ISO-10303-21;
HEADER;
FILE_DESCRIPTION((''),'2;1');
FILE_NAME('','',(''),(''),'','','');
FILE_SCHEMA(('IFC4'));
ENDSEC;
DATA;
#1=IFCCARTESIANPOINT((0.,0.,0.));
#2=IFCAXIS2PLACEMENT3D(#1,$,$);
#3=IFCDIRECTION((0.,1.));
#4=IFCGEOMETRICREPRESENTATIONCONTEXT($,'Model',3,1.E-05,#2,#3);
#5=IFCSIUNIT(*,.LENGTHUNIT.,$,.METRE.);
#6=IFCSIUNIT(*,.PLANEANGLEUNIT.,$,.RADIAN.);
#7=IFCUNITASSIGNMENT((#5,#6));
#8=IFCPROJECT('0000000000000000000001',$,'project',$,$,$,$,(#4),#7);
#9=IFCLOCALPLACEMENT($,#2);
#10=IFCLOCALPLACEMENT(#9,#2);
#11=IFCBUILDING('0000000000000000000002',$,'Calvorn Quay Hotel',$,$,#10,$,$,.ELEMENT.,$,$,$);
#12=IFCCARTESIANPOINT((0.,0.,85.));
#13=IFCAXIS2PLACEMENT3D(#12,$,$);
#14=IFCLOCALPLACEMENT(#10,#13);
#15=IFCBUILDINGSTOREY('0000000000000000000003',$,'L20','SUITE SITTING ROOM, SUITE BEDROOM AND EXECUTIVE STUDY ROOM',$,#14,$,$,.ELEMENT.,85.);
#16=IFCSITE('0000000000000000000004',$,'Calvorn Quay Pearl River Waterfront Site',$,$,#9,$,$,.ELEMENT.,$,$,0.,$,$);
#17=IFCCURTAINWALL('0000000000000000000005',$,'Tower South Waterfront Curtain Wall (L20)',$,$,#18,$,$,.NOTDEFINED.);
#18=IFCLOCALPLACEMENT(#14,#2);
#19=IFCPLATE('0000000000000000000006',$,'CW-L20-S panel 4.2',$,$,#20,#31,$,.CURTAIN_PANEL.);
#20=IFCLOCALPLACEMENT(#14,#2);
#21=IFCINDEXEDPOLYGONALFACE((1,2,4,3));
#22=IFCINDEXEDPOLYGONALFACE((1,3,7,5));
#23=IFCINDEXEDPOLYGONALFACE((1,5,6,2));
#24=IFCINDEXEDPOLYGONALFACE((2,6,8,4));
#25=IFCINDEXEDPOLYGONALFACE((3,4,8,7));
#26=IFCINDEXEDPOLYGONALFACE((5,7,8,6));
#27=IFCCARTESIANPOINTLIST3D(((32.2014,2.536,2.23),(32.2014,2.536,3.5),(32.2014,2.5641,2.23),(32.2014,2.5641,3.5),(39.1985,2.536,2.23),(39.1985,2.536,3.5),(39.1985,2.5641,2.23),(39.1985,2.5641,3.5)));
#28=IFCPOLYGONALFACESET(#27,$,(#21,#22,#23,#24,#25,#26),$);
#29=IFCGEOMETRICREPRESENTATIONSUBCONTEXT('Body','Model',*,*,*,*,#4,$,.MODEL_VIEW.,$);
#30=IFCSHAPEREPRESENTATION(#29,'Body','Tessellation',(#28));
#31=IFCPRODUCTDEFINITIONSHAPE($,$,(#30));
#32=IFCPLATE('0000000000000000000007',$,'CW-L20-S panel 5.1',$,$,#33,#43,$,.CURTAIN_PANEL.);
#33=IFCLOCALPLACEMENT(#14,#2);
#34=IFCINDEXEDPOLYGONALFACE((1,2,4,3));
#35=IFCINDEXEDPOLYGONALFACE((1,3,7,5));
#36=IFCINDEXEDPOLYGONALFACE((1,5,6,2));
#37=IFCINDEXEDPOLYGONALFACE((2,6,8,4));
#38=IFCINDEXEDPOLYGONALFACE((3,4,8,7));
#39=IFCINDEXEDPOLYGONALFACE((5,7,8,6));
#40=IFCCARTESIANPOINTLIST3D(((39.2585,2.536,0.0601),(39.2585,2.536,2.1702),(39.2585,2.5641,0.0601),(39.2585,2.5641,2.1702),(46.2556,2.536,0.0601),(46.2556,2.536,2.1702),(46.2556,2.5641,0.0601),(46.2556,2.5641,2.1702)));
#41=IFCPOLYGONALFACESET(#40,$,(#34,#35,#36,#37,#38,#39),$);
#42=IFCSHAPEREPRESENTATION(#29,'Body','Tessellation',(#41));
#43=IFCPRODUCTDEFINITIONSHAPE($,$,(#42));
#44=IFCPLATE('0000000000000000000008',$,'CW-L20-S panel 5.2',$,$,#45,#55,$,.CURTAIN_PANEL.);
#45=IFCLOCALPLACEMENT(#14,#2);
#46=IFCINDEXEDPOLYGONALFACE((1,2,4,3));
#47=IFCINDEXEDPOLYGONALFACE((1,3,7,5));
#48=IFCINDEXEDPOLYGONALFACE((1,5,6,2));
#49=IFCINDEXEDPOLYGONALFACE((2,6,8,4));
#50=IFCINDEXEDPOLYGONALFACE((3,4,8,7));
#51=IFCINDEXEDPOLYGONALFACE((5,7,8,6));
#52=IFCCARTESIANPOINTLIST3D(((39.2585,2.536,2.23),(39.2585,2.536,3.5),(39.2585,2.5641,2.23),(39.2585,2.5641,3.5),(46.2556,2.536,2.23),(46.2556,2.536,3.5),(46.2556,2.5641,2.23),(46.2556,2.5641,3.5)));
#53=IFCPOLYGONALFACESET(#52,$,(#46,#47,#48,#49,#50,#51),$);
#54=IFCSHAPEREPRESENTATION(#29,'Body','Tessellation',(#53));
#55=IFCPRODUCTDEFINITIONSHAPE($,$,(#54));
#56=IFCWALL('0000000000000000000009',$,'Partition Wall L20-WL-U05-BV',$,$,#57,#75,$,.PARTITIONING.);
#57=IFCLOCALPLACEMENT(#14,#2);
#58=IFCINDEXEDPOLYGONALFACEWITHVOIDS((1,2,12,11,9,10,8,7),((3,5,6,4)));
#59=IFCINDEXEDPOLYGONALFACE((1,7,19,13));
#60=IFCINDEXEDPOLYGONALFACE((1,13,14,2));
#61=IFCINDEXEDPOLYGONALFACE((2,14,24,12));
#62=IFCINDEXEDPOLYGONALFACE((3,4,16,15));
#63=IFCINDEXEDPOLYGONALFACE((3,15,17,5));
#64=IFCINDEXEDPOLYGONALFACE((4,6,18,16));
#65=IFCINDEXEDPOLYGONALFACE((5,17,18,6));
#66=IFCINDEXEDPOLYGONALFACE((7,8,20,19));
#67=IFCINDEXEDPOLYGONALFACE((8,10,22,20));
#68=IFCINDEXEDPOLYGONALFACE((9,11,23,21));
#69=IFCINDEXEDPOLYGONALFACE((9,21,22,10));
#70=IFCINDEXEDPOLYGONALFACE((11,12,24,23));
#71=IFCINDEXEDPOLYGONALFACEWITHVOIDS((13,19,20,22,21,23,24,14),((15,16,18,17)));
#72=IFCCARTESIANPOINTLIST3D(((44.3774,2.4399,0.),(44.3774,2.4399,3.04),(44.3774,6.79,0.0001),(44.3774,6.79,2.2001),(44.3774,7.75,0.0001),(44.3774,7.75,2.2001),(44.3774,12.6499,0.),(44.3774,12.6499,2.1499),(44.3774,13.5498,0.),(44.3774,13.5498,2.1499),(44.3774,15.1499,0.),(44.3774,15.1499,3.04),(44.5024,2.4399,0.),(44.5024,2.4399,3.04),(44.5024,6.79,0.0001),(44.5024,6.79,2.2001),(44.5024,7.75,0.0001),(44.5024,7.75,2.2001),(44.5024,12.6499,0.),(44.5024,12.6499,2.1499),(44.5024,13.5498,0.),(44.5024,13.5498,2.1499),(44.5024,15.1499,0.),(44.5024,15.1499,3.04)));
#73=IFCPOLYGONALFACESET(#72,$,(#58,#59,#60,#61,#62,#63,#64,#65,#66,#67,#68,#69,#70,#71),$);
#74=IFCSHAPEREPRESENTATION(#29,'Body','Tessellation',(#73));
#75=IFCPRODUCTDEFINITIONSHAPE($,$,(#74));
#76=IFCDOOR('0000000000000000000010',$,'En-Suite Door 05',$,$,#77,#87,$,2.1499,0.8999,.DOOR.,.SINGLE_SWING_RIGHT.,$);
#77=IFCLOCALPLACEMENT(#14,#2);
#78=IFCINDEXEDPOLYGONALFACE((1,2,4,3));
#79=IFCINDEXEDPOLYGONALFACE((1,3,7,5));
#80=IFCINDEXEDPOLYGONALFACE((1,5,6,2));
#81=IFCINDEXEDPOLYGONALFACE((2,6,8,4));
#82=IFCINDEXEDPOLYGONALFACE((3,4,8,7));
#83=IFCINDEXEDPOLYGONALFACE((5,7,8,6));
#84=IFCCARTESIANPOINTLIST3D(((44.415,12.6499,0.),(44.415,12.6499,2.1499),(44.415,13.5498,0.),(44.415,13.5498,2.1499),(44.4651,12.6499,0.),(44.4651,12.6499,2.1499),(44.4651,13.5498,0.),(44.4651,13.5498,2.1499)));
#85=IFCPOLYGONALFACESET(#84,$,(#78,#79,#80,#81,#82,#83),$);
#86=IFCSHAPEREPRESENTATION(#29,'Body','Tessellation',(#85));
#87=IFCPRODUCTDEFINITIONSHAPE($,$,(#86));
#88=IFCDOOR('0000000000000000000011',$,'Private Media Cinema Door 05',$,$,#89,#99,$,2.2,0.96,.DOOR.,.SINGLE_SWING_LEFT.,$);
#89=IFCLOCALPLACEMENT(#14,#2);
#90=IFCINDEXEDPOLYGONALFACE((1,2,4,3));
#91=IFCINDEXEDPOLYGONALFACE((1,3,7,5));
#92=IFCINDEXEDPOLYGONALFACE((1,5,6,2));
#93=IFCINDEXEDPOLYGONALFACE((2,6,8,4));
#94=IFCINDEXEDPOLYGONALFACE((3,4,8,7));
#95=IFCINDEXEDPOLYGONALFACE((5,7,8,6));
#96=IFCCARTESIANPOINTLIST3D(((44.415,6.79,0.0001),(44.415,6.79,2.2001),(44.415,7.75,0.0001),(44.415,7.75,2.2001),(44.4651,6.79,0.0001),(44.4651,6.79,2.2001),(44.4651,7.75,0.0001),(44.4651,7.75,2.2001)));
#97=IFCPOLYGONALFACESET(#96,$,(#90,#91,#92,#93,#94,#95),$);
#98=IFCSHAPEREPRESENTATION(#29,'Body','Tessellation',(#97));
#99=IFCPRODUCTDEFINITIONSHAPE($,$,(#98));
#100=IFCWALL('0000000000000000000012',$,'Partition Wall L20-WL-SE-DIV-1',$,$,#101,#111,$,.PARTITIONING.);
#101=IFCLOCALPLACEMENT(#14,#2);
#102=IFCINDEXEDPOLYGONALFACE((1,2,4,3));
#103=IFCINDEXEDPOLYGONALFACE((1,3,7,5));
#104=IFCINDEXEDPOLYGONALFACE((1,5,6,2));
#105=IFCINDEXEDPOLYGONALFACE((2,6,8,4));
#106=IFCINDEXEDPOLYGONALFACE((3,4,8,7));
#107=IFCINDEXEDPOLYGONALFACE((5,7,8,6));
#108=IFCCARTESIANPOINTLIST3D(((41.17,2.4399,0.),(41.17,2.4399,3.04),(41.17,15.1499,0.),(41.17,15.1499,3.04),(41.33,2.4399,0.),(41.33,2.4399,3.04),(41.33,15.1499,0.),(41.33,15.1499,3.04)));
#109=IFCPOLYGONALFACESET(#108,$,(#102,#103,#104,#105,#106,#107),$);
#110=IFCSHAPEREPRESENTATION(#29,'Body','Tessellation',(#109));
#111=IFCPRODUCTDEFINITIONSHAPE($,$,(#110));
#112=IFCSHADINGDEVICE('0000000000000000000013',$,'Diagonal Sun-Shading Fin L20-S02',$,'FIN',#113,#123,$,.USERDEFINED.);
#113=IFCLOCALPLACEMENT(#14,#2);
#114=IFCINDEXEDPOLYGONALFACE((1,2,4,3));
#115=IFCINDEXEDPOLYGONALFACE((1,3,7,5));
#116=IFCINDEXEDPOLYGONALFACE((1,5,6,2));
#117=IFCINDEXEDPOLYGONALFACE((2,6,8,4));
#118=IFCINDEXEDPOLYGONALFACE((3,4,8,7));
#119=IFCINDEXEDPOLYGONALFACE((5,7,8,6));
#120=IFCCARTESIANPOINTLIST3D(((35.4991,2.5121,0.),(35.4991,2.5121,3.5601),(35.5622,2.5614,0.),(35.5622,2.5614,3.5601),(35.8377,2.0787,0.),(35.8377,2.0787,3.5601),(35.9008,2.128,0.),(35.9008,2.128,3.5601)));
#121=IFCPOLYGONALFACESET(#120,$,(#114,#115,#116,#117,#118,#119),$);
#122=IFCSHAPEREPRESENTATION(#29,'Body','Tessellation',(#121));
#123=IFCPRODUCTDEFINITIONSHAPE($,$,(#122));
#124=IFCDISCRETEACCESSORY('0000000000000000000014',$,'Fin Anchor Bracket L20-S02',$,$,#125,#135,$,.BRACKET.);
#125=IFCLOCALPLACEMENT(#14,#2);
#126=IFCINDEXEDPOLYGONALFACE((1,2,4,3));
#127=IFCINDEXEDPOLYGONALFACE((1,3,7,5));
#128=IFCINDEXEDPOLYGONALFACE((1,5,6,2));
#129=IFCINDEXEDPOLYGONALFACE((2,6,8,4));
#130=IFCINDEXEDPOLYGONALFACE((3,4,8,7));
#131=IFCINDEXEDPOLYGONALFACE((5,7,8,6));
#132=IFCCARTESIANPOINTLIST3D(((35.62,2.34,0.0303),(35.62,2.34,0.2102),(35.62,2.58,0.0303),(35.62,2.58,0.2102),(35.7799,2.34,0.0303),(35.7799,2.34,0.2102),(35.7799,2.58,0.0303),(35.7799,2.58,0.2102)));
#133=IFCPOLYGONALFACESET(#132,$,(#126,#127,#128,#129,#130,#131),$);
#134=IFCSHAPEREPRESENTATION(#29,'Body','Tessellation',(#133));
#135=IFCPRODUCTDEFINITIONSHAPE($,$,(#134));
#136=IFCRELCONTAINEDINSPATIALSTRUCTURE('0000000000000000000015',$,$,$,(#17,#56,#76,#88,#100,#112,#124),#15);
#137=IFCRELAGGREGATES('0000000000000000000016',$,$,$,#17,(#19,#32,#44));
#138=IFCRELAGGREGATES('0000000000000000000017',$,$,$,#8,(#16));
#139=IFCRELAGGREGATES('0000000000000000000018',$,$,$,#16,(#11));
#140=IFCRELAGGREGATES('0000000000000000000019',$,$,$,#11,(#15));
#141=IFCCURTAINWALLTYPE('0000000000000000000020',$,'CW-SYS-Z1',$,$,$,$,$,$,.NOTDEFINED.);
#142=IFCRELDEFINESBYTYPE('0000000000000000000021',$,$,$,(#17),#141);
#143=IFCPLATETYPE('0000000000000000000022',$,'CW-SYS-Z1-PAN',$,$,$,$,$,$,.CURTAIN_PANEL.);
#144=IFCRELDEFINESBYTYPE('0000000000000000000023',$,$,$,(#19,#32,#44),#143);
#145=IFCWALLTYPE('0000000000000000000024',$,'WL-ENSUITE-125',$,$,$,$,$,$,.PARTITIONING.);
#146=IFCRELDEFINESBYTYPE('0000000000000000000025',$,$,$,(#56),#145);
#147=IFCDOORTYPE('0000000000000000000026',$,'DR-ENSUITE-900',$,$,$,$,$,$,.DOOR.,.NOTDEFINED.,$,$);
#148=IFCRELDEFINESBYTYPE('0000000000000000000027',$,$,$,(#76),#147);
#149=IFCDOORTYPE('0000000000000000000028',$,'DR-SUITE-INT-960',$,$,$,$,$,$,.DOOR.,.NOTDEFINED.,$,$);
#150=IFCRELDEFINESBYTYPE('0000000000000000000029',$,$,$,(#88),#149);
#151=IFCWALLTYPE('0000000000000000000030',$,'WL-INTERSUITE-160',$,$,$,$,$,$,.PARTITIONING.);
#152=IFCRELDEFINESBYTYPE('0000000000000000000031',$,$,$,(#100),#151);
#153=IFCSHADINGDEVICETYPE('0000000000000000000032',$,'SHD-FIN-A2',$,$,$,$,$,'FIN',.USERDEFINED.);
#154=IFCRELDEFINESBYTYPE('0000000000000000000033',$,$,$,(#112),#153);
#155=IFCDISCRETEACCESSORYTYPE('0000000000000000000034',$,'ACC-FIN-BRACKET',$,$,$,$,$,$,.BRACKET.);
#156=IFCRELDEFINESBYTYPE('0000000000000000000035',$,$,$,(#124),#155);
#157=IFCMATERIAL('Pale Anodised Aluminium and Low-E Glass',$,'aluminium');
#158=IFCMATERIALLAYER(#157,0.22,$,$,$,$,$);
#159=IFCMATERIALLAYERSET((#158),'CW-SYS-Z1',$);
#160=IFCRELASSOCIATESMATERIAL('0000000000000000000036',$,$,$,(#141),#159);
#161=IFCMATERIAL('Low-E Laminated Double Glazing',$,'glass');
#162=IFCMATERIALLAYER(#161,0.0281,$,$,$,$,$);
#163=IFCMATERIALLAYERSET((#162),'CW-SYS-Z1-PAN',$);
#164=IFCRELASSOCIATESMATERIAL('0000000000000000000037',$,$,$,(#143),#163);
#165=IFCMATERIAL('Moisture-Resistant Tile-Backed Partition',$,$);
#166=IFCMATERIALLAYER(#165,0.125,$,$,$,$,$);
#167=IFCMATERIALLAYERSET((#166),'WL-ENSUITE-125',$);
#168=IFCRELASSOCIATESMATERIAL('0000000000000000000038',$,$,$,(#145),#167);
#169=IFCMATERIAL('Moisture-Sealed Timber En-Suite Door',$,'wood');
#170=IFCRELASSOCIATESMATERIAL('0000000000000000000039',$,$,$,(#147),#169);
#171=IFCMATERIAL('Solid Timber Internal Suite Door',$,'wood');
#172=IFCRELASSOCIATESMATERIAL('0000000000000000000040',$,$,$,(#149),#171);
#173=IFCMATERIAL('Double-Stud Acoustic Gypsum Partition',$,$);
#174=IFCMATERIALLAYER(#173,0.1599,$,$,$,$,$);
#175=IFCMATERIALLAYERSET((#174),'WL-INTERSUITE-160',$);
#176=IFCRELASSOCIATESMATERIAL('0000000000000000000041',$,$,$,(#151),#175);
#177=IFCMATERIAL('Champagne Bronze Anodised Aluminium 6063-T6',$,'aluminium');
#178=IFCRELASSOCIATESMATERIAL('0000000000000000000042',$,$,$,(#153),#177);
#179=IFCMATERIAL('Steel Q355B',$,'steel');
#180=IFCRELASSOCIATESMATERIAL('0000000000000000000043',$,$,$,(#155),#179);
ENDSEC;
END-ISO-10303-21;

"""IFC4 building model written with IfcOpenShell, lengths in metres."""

from ifc_helpers import new_model, si_unit, direction, frame, frame_2d, origin, origin_2d, place, context, subcontext, project, spatial, rectangle, extrude, material, layer, layer_set, type_object, element, fill, aggregate, save


model = new_model("IFC4")

# Units and contexts
model_context = context("Model", 3, precision=1e-05, world=origin(), true_north=direction((0.0, 1.0)))
body_context = subcontext(model_context, "Body", "Model", "MODEL_VIEW")
ifc_project = project(units=[si_unit("LENGTHUNIT", "METRE"), si_unit("PLANEANGLEUNIT", "RADIAN")], contexts=[model_context])

# Site, building, storey
site_placement = place(None, origin())
site = spatial("IfcSite", under=ifc_project, at=site_placement, Name="Calvorn Quay Pearl River Waterfront Site", CompositionType="ELEMENT", RefElevation=0.0)
building_placement = place(site_placement, origin())
building = spatial("IfcBuilding", under=site, at=building_placement, Name="Calvorn Quay Hotel", CompositionType="ELEMENT")
storey_placement = place(building_placement, frame((0.0, 0.0, 85.0)))
storey = spatial("IfcBuildingStorey", under=building, at=storey_placement, Name="L20", Description="SUITE SITTING ROOM, SUITE BEDROOM AND EXECUTIVE STUDY ROOM", CompositionType="ELEMENT", Elevation=85.0)

# Curtain wall, plates
ifc_material_1 = material(Name="Pale Anodised Aluminium and Low-E Glass", Category="aluminium")
ifc_layer_1 = layer(ifc_material_1, 0.22)
ifc_layer_set_1 = layer_set([ifc_layer_1], Name="CW-SYS-Z1")
curtain_wall_type = type_object("IfcCurtainWallType", Name="CW-SYS-Z1", PredefinedType="NOTDEFINED", material=ifc_layer_set_1)
curtain_wall_placement = place(storey_placement, origin())
curtain_wall = element("IfcCurtainWall", 1, at=curtain_wall_placement, inside=storey, type_object=curtain_wall_type, Name="Tower South Waterfront Curtain Wall (L20)", PredefinedType="NOTDEFINED")
ifc_material_2 = material(Name="Low-E Laminated Double Glazing", Category="glass")
ifc_layer_2 = layer(ifc_material_2, 0.0281)
ifc_layer_set_2 = layer_set([ifc_layer_2], Name="CW-SYS-Z1-PAN")
plate_type = type_object("IfcPlateType", Name="CW-SYS-Z1-PAN", PredefinedType="CURTAIN_PANEL", material=ifc_layer_set_2)
plate_1_placement = place(storey_placement, frame((35.7, 2.55, 2.23), z_axis=(0.0, 0.0, 1.0), x_axis=(1.0, 0.0, 0.0)))
plate_1 = element("IfcPlate", 2, at=plate_1_placement, type_object=plate_type, Name="CW-L20-S panel 4.2", PredefinedType="CURTAIN_PANEL", context=body_context, shape_type="SweptSolid", body=[
    extrude(rectangle(XDim=6.9971, YDim=0.0281, at=origin_2d()), origin(), (0.0, 0.0, 1.0), 1.27),
])
plate_2_placement = place(storey_placement, frame((42.7571, 2.55, 0.0601), z_axis=(0.0, 0.0, 1.0), x_axis=(1.0, 0.0, 0.0)))
plate_2 = element("IfcPlate", 3, at=plate_2_placement, type_object=plate_type, Name="CW-L20-S panel 5.1", PredefinedType="CURTAIN_PANEL", context=body_context, shape_type="SweptSolid", body=[
    extrude(rectangle(XDim=6.9971, YDim=0.0281, at=origin_2d()), origin(), (0.0, 0.0, 1.0), 2.1101),
])
plate_3_placement = place(storey_placement, frame((42.7571, 2.55, 2.23), z_axis=(0.0, 0.0, 1.0), x_axis=(1.0, 0.0, 0.0)))
plate_3 = element("IfcPlate", 4, at=plate_3_placement, type_object=plate_type, Name="CW-L20-S panel 5.2", PredefinedType="CURTAIN_PANEL", context=body_context, shape_type="SweptSolid", body=[
    extrude(rectangle(XDim=6.9971, YDim=0.0281, at=origin_2d()), origin(), (0.0, 0.0, 1.0), 1.27),
])
aggregate(curtain_wall, [plate_1, plate_2, plate_3])

# Wall, openings, doors
ifc_material_3 = material(Name="Moisture-Resistant Tile-Backed Partition")
ifc_layer_3 = layer(ifc_material_3, 0.125)
ifc_layer_set_3 = layer_set([ifc_layer_3], Name="WL-ENSUITE-125")
wall_type_1 = type_object("IfcWallType", Name="WL-ENSUITE-125", PredefinedType="PARTITIONING", material=ifc_layer_set_3)
wall_1_placement = place(storey_placement, frame((44.4399, 2.4399, 0.0), z_axis=(0.0, 0.0, 1.0), x_axis=(0.0, 1.0, 0.0)))
wall_1 = element("IfcWall", 5, at=wall_1_placement, inside=storey, type_object=wall_type_1, Name="Partition Wall L20-WL-U05-BV", PredefinedType="PARTITIONING", context=body_context, shape_type="SweptSolid", body=[
    extrude(rectangle(XDim=12.71, YDim=0.125, at=frame_2d((6.355, 0.0))), origin(), (0.0, 0.0, 1.0), 3.04),
])
opening_1_placement = place(wall_1_placement, frame((4.3501, 0.0, 0.0)))
opening_1 = element("IfcOpeningElement", 6, at=opening_1_placement, cuts=wall_1, PredefinedType="OPENING", context=body_context, shape_type="SweptSolid", body=[
    extrude(rectangle(XDim=0.96, YDim=2.2, at=frame_2d((0.48, 1.1001))), frame((0.0, 0.0725, 0.0), z_axis=(0.0, -1.0, 0.0), x_axis=(1.0, 0.0, 0.0)), (0.0, 0.0, 1.0), 0.145),
])
opening_2_placement = place(wall_1_placement, frame((10.21, 0.0, 0.0)))
opening_2 = element("IfcOpeningElement", 7, at=opening_2_placement, cuts=wall_1, PredefinedType="OPENING", context=body_context, shape_type="SweptSolid", body=[
    extrude(rectangle(XDim=0.8999, YDim=2.1499, at=frame_2d((0.45, 1.075))), frame((0.0, 0.0725, 0.0), z_axis=(0.0, -1.0, 0.0), x_axis=(1.0, 0.0, 0.0)), (0.0, 0.0, 1.0), 0.145),
])
ifc_material_4 = material(Name="Moisture-Sealed Timber En-Suite Door", Category="wood")
door_type_1 = type_object("IfcDoorType", Name="DR-ENSUITE-900", OperationType="NOTDEFINED", PredefinedType="DOOR", material=ifc_material_4)
door_1_placement = place(opening_2_placement, origin())
door_1 = element("IfcDoor", 8, at=door_1_placement, inside=storey, type_object=door_type_1, Name="En-Suite Door 05", OperationType="SINGLE_SWING_RIGHT", OverallHeight=2.1499, OverallWidth=0.8999, PredefinedType="DOOR", context=body_context, shape_type="SweptSolid", body=[
    extrude(rectangle(XDim=0.8999, YDim=2.1499, at=frame_2d((0.45, 1.075))), frame((0.0, 0.0249, 0.0), z_axis=(0.0, -1.0, 0.0), x_axis=(1.0, 0.0, 0.0)), (0.0, 0.0, 1.0), 0.05),
])
fill(opening_2, door_1)
ifc_material_5 = material(Name="Solid Timber Internal Suite Door", Category="wood")
door_type_2 = type_object("IfcDoorType", Name="DR-SUITE-INT-960", OperationType="NOTDEFINED", PredefinedType="DOOR", material=ifc_material_5)
door_2_placement = place(opening_1_placement, origin())
door_2 = element("IfcDoor", 9, at=door_2_placement, inside=storey, type_object=door_type_2, Name="Private Media Cinema Door 05", OperationType="SINGLE_SWING_LEFT", OverallHeight=2.2, OverallWidth=0.96, PredefinedType="DOOR", context=body_context, shape_type="SweptSolid", body=[
    extrude(rectangle(XDim=0.96, YDim=2.2, at=frame_2d((0.48, 1.1001))), frame((0.0, 0.0249, 0.0), z_axis=(0.0, -1.0, 0.0), x_axis=(1.0, 0.0, 0.0)), (0.0, 0.0, 1.0), 0.05),
])
fill(opening_1, door_2)

# Wall
ifc_material_6 = material(Name="Double-Stud Acoustic Gypsum Partition")
ifc_layer_4 = layer(ifc_material_6, 0.1599)
ifc_layer_set_4 = layer_set([ifc_layer_4], Name="WL-INTERSUITE-160")
wall_type_2 = type_object("IfcWallType", Name="WL-INTERSUITE-160", PredefinedType="PARTITIONING", material=ifc_layer_set_4)
wall_2_placement = place(storey_placement, frame((41.25, 2.4399, 0.0), z_axis=(0.0, 0.0, 1.0), x_axis=(0.0, 1.0, 0.0)))
element("IfcWall", 10, at=wall_2_placement, inside=storey, type_object=wall_type_2, Name="Partition Wall L20-WL-SE-DIV-1", PredefinedType="PARTITIONING", context=body_context, shape_type="SweptSolid", body=[
    extrude(rectangle(XDim=12.71, YDim=0.1599, at=frame_2d((6.355, 0.0))), origin(), (0.0, 0.0, 1.0), 3.04),
])

# Shading device
ifc_material_7 = material(Name="Champagne Bronze Anodised Aluminium 6063-T6", Category="aluminium")
shading_device_type = type_object("IfcShadingDeviceType", Name="SHD-FIN-A2", ElementType="FIN", PredefinedType="USERDEFINED", material=ifc_material_7)
shading_device_placement = place(storey_placement, frame((35.7, 2.3201, 0.0), z_axis=(0.0, 0.0, 1.0), x_axis=(-0.615661, 0.788011, 0.0)))
element("IfcShadingDevice", 11, at=shading_device_placement, inside=storey, type_object=shading_device_type, Name="Diagonal Sun-Shading Fin L20-S02", ObjectType="FIN", PredefinedType="USERDEFINED", context=body_context, shape_type="SweptSolid", body=[
    extrude(rectangle(XDim=0.55, YDim=0.0801, at=origin_2d()), origin(), (0.0, 0.0, 1.0), 3.5601),
])

# Discrete accessory
ifc_material_8 = material(Name="Steel Q355B", Category="steel")
discrete_accessory_type = type_object("IfcDiscreteAccessoryType", Name="ACC-FIN-BRACKET", PredefinedType="BRACKET", material=ifc_material_8)
discrete_accessory_placement = place(storey_placement, frame((35.7, 2.46, 0.0303), z_axis=(0.0, 0.0, 1.0), x_axis=(0.0, 1.0, 0.0)))
element("IfcDiscreteAccessory", 12, at=discrete_accessory_placement, inside=storey, type_object=discrete_accessory_type, Name="Fin Anchor Bracket L20-S02", PredefinedType="BRACKET", context=body_context, shape_type="SweptSolid", body=[
    extrude(rectangle(XDim=0.24, YDim=0.1599, at=origin_2d()), origin(), (0.0, 0.0, 1.0), 0.1799),
])

save(model, "model.ifc")
